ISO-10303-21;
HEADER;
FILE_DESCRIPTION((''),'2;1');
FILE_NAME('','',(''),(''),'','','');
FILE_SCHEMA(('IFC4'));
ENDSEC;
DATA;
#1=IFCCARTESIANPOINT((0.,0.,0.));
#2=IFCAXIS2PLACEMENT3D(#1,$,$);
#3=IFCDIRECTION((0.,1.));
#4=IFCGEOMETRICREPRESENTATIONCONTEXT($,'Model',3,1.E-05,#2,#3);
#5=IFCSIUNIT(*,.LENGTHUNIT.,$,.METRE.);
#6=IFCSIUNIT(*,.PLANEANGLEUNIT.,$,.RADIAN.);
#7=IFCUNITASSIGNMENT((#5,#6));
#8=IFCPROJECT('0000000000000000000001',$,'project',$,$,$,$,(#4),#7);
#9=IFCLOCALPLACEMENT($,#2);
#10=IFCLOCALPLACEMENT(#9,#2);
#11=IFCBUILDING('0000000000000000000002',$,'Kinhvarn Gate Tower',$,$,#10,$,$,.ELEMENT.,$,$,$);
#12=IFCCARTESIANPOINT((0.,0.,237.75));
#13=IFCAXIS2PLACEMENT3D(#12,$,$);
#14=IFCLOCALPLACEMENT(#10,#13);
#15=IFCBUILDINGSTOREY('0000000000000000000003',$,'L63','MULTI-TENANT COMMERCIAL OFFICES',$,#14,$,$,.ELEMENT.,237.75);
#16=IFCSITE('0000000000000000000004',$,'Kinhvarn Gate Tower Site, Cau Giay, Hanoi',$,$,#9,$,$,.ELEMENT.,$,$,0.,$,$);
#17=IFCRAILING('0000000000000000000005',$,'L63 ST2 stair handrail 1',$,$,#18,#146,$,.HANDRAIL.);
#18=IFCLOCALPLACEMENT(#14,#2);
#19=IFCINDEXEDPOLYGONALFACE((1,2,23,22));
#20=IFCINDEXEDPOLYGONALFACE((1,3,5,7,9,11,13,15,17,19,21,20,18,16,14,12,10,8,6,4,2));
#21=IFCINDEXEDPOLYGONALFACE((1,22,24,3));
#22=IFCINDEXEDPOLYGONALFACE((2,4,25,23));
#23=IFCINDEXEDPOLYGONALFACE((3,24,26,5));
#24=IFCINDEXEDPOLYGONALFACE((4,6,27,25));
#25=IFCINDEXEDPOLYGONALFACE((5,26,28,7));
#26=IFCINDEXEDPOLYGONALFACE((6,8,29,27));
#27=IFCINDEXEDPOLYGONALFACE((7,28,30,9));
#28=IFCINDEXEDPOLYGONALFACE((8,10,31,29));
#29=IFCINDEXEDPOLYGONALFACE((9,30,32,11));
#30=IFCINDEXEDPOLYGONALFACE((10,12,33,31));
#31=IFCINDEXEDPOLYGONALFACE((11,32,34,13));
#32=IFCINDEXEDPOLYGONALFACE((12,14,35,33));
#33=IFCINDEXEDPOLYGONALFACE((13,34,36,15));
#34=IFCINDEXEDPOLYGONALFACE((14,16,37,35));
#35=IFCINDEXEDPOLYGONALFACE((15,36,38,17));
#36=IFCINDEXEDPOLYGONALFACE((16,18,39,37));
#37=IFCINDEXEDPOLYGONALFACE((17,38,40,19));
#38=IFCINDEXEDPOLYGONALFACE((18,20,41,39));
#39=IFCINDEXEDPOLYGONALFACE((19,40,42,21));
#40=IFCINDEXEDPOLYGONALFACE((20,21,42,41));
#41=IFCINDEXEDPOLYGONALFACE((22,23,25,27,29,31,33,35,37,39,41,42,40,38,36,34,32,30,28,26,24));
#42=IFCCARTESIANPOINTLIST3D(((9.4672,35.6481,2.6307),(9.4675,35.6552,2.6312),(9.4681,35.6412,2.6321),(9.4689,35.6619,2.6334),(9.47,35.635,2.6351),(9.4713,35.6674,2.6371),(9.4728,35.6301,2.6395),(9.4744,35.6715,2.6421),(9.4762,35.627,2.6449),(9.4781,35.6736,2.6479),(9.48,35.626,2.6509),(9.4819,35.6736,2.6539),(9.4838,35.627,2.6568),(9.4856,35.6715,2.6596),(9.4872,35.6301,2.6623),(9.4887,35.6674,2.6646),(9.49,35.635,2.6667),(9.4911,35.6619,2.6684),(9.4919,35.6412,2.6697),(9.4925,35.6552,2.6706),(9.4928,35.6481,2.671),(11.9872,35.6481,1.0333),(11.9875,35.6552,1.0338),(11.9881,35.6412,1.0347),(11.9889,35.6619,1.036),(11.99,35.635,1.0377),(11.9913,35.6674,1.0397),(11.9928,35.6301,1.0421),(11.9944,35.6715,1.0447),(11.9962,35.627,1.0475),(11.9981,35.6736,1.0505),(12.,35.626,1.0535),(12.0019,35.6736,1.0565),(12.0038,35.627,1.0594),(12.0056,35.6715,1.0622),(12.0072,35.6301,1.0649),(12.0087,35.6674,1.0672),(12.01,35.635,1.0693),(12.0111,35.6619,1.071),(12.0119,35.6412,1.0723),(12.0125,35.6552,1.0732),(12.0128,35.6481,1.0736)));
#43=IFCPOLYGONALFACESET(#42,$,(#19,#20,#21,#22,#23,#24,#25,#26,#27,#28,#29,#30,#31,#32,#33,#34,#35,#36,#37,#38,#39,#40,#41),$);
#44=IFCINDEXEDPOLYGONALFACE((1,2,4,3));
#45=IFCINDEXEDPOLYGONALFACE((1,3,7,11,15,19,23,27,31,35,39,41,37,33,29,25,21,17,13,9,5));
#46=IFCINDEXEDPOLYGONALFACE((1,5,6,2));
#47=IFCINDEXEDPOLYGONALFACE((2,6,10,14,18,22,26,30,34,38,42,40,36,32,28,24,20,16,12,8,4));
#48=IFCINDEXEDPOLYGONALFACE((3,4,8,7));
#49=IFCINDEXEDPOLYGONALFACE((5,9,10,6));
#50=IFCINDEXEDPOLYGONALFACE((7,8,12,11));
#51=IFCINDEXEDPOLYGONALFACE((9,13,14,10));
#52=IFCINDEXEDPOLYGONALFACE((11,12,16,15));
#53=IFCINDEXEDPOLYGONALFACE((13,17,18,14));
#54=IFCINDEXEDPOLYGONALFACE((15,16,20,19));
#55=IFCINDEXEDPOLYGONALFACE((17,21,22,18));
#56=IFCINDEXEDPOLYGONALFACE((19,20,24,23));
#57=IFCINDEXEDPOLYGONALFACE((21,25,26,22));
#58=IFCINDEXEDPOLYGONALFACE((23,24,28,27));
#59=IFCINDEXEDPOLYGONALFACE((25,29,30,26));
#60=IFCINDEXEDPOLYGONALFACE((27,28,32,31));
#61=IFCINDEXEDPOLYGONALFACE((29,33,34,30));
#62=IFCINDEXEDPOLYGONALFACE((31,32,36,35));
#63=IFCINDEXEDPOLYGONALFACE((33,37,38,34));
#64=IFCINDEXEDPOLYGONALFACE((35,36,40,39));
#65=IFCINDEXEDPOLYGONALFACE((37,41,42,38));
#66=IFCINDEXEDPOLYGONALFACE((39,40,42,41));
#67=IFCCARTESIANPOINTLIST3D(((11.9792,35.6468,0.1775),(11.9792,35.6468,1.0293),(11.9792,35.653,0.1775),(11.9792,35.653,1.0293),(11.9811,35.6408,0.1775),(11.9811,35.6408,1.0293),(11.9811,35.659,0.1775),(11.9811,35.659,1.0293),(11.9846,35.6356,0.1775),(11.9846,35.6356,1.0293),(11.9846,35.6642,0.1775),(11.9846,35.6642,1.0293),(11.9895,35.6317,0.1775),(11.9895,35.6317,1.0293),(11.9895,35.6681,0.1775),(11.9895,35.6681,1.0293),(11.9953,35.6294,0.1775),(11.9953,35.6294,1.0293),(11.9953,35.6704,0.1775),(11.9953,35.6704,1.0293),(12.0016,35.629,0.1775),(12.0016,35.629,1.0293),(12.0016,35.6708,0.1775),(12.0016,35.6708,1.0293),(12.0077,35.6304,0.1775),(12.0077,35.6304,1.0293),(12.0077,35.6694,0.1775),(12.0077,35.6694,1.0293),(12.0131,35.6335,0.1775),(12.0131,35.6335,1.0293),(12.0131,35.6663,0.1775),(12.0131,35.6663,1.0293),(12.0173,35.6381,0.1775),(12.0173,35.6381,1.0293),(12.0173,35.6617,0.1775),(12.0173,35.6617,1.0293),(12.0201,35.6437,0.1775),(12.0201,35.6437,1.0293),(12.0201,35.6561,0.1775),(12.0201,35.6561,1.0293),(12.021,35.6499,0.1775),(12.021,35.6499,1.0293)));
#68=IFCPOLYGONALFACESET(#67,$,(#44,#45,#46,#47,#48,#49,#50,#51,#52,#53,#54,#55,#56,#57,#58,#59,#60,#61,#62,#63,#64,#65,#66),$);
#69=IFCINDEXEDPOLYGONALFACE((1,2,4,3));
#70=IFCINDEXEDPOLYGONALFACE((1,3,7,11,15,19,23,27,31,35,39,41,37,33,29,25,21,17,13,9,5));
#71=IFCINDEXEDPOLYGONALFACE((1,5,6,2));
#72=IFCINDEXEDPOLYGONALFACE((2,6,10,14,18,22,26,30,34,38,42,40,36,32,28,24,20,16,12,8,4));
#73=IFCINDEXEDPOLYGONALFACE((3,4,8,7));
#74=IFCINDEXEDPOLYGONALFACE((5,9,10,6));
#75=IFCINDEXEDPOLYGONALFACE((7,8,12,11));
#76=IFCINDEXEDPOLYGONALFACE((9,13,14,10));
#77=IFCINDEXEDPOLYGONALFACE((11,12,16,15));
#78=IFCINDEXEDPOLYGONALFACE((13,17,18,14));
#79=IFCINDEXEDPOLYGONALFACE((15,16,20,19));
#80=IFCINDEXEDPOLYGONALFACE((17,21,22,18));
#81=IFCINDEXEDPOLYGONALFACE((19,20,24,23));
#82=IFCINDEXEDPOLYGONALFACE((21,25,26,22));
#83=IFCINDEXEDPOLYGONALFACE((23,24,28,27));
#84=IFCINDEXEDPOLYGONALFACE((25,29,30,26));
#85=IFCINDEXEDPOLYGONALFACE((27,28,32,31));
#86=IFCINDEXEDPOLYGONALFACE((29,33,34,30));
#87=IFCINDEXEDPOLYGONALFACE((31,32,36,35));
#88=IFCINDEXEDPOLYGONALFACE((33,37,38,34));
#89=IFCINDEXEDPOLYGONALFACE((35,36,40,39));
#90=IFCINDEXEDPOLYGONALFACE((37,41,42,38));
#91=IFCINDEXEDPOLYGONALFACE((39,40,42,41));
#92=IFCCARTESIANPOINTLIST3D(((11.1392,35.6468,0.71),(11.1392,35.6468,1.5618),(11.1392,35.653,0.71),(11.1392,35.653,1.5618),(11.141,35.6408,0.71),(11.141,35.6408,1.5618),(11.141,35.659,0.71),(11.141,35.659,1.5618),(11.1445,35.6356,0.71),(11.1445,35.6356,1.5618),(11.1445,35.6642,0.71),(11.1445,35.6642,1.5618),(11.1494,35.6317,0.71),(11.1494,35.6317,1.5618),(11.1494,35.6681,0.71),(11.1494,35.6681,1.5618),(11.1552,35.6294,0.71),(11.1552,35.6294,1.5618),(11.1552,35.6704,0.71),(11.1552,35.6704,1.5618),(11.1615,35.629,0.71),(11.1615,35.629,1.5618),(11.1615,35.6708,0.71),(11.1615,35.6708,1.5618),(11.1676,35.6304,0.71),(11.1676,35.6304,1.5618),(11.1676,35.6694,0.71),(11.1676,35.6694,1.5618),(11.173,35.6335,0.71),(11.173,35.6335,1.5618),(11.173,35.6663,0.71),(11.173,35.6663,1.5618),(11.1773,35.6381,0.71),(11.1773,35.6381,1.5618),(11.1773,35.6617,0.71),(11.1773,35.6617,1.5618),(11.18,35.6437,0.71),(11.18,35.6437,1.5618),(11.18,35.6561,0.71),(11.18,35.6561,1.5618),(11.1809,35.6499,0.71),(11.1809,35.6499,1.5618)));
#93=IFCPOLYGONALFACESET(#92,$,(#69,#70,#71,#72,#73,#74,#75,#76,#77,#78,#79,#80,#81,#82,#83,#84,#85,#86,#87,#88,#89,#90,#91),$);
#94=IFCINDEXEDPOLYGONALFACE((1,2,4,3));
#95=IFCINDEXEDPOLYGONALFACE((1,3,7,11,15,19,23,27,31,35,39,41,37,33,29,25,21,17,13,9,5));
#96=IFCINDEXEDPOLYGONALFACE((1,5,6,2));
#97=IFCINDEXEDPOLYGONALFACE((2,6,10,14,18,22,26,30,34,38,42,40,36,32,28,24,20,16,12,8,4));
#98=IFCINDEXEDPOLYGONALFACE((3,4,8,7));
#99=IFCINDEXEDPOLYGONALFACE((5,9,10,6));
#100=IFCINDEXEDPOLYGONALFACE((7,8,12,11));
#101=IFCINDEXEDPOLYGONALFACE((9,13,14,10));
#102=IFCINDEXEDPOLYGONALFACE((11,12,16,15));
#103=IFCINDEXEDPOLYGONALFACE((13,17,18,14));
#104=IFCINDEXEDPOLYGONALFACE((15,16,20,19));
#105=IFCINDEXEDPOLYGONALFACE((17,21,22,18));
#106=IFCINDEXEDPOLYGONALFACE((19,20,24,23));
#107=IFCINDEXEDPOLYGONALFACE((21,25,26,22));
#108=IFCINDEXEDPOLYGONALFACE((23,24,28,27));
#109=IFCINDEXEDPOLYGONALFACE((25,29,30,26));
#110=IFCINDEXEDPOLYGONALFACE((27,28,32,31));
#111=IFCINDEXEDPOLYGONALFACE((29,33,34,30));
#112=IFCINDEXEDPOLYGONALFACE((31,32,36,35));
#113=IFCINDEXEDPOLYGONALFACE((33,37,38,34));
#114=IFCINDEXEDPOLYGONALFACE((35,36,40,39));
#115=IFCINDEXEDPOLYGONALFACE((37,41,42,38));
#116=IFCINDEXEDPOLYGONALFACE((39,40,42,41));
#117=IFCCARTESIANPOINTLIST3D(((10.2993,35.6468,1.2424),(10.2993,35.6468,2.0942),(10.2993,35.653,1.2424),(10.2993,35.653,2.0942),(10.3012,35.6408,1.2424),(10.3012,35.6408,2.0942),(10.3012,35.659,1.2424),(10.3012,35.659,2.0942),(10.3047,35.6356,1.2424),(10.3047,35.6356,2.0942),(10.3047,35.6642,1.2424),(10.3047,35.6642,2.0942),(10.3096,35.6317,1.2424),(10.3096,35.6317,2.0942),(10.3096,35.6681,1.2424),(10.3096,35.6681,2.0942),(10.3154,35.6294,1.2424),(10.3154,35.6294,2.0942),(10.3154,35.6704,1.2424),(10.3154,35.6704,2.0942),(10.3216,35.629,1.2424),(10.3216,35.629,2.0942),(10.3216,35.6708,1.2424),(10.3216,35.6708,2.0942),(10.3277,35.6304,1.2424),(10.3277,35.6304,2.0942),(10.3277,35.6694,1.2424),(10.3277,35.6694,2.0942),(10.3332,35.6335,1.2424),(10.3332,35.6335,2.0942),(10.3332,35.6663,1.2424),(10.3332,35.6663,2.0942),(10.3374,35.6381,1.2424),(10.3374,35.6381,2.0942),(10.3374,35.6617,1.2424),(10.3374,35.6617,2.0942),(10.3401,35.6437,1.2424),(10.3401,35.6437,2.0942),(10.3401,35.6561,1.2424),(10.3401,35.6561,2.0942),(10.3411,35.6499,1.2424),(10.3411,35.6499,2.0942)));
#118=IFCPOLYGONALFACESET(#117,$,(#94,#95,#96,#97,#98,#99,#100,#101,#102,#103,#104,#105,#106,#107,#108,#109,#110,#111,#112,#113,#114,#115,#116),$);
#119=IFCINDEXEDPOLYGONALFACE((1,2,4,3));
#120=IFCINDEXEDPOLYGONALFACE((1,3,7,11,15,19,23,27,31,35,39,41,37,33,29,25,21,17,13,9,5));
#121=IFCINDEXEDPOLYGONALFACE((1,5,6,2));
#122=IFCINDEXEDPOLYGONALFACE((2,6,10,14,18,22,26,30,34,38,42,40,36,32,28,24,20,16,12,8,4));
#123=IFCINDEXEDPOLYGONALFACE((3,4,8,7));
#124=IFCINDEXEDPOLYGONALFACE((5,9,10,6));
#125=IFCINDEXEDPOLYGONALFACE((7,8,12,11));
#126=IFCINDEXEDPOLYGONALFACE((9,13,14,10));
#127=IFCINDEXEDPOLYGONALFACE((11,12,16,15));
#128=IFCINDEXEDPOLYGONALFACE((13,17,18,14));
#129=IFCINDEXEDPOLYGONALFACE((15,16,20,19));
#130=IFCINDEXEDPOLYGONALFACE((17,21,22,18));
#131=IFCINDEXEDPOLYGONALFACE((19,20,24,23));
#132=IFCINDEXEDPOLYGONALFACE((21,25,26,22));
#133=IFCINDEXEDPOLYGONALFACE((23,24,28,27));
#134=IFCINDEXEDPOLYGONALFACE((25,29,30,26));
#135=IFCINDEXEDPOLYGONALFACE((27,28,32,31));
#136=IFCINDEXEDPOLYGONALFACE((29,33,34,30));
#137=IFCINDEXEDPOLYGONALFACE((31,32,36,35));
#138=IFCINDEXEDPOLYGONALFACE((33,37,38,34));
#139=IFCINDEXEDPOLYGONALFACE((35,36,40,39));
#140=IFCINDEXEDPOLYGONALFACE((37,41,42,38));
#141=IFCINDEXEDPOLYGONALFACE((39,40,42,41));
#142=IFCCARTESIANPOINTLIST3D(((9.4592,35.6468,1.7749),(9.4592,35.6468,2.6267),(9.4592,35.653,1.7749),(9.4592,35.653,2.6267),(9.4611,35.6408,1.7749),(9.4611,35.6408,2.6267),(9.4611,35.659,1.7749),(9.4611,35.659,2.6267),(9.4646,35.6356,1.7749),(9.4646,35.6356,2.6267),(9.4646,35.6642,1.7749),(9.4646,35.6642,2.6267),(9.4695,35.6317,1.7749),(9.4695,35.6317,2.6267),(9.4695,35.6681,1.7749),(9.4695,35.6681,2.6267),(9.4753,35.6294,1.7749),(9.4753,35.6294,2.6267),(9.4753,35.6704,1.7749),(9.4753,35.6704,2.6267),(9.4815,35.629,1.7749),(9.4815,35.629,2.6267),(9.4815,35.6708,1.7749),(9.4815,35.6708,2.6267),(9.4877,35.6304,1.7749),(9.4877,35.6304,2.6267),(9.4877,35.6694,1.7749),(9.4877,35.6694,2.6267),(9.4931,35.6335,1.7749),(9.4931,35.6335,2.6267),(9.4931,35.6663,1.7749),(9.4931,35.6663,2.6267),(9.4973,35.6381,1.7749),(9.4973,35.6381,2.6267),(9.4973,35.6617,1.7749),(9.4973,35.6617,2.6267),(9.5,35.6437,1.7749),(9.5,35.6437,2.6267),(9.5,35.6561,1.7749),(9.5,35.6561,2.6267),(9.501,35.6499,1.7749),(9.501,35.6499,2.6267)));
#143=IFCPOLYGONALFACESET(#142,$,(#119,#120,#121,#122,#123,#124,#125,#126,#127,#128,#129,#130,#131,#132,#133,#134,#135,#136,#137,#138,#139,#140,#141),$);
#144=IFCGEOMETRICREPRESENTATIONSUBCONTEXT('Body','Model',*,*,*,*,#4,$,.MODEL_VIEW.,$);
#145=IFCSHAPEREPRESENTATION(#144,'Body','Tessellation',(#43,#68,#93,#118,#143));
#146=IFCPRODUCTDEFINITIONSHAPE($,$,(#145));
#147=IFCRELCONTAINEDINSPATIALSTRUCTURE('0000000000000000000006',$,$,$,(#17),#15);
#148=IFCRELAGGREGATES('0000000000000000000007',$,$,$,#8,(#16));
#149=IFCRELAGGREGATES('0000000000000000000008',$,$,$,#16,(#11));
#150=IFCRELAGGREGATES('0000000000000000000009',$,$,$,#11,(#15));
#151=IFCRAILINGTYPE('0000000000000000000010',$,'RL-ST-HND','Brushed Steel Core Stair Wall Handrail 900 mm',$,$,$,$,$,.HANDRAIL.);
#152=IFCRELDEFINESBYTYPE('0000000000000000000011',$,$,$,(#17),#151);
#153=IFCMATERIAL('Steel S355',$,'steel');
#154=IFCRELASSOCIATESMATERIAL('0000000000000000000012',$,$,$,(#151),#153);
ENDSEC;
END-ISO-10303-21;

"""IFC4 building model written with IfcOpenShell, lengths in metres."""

from ifc_helpers import new_model, si_unit, direction, frame, origin, origin_2d, place, context, subcontext, project, spatial, circle, extrude, material, type_object, element, save


model = new_model("IFC4")

# Units and contexts
model_context = context("Model", 3, precision=1e-05, world=origin(), true_north=direction((0.0, 1.0)))
body_context = subcontext(model_context, "Body", "Model", "MODEL_VIEW")
ifc_project = project(units=[si_unit("LENGTHUNIT", "METRE"), si_unit("PLANEANGLEUNIT", "RADIAN")], contexts=[model_context])

# Site, building, storey
site_placement = place(None, origin())
site = spatial("IfcSite", under=ifc_project, at=site_placement, Name="Kinhvarn Gate Tower Site, Cau Giay, Hanoi", CompositionType="ELEMENT", RefElevation=0.0)
building_placement = place(site_placement, origin())
building = spatial("IfcBuilding", under=site, at=building_placement, Name="Kinhvarn Gate Tower", CompositionType="ELEMENT")
storey_placement = place(building_placement, frame((0.0, 0.0, 237.75)))
storey = spatial("IfcBuildingStorey", under=building, at=storey_placement, Name="L63", Description="MULTI-TENANT COMMERCIAL OFFICES", CompositionType="ELEMENT", Elevation=237.75)

# Shared definitions
ifc_material_1 = material(Name="Steel S355", Category="steel")

# Railing
railing_type_1 = type_object("IfcRailingType", Name="RL-ST-HND", Description="Brushed Steel Core Stair Wall Handrail 900 mm", PredefinedType="HANDRAIL", material=ifc_material_1)
railing_1_placement = place(storey_placement, frame((12.0, 35.6499, 0.1775)))
element("IfcRailing", 1, at=railing_1_placement, inside=storey, type_object=railing_type_1, Name="L63 ST2 stair handrail 1", PredefinedType="HANDRAIL", context=body_context, shape_type="SweptSolid", body=[
    extrude(circle(Radius=0.0239, at=origin_2d()), frame((0.0, 0.0, 0.876), z_axis=(-0.844607, 0.0, 0.535387), x_axis=(0.0, -1.0, 0.0)), (0.0, 0.0, 1.0), 2.9836),
    extrude(circle(Radius=0.021, at=origin_2d()), origin(), (0.0, 0.0, 1.0), 0.8518),
    extrude(circle(Radius=0.021, at=origin_2d()), frame((-0.8401, 0.0, 0.5325)), (0.0, 0.0, 1.0), 0.8518),
    extrude(circle(Radius=0.021, at=origin_2d()), frame((-1.6799, 0.0, 1.0649)), (0.0, 0.0, 1.0), 0.8518),
    extrude(circle(Radius=0.021, at=origin_2d()), frame((-2.52, 0.0, 1.5974)), (0.0, 0.0, 1.0), 0.8518),
])

save(model, "model.ifc")
